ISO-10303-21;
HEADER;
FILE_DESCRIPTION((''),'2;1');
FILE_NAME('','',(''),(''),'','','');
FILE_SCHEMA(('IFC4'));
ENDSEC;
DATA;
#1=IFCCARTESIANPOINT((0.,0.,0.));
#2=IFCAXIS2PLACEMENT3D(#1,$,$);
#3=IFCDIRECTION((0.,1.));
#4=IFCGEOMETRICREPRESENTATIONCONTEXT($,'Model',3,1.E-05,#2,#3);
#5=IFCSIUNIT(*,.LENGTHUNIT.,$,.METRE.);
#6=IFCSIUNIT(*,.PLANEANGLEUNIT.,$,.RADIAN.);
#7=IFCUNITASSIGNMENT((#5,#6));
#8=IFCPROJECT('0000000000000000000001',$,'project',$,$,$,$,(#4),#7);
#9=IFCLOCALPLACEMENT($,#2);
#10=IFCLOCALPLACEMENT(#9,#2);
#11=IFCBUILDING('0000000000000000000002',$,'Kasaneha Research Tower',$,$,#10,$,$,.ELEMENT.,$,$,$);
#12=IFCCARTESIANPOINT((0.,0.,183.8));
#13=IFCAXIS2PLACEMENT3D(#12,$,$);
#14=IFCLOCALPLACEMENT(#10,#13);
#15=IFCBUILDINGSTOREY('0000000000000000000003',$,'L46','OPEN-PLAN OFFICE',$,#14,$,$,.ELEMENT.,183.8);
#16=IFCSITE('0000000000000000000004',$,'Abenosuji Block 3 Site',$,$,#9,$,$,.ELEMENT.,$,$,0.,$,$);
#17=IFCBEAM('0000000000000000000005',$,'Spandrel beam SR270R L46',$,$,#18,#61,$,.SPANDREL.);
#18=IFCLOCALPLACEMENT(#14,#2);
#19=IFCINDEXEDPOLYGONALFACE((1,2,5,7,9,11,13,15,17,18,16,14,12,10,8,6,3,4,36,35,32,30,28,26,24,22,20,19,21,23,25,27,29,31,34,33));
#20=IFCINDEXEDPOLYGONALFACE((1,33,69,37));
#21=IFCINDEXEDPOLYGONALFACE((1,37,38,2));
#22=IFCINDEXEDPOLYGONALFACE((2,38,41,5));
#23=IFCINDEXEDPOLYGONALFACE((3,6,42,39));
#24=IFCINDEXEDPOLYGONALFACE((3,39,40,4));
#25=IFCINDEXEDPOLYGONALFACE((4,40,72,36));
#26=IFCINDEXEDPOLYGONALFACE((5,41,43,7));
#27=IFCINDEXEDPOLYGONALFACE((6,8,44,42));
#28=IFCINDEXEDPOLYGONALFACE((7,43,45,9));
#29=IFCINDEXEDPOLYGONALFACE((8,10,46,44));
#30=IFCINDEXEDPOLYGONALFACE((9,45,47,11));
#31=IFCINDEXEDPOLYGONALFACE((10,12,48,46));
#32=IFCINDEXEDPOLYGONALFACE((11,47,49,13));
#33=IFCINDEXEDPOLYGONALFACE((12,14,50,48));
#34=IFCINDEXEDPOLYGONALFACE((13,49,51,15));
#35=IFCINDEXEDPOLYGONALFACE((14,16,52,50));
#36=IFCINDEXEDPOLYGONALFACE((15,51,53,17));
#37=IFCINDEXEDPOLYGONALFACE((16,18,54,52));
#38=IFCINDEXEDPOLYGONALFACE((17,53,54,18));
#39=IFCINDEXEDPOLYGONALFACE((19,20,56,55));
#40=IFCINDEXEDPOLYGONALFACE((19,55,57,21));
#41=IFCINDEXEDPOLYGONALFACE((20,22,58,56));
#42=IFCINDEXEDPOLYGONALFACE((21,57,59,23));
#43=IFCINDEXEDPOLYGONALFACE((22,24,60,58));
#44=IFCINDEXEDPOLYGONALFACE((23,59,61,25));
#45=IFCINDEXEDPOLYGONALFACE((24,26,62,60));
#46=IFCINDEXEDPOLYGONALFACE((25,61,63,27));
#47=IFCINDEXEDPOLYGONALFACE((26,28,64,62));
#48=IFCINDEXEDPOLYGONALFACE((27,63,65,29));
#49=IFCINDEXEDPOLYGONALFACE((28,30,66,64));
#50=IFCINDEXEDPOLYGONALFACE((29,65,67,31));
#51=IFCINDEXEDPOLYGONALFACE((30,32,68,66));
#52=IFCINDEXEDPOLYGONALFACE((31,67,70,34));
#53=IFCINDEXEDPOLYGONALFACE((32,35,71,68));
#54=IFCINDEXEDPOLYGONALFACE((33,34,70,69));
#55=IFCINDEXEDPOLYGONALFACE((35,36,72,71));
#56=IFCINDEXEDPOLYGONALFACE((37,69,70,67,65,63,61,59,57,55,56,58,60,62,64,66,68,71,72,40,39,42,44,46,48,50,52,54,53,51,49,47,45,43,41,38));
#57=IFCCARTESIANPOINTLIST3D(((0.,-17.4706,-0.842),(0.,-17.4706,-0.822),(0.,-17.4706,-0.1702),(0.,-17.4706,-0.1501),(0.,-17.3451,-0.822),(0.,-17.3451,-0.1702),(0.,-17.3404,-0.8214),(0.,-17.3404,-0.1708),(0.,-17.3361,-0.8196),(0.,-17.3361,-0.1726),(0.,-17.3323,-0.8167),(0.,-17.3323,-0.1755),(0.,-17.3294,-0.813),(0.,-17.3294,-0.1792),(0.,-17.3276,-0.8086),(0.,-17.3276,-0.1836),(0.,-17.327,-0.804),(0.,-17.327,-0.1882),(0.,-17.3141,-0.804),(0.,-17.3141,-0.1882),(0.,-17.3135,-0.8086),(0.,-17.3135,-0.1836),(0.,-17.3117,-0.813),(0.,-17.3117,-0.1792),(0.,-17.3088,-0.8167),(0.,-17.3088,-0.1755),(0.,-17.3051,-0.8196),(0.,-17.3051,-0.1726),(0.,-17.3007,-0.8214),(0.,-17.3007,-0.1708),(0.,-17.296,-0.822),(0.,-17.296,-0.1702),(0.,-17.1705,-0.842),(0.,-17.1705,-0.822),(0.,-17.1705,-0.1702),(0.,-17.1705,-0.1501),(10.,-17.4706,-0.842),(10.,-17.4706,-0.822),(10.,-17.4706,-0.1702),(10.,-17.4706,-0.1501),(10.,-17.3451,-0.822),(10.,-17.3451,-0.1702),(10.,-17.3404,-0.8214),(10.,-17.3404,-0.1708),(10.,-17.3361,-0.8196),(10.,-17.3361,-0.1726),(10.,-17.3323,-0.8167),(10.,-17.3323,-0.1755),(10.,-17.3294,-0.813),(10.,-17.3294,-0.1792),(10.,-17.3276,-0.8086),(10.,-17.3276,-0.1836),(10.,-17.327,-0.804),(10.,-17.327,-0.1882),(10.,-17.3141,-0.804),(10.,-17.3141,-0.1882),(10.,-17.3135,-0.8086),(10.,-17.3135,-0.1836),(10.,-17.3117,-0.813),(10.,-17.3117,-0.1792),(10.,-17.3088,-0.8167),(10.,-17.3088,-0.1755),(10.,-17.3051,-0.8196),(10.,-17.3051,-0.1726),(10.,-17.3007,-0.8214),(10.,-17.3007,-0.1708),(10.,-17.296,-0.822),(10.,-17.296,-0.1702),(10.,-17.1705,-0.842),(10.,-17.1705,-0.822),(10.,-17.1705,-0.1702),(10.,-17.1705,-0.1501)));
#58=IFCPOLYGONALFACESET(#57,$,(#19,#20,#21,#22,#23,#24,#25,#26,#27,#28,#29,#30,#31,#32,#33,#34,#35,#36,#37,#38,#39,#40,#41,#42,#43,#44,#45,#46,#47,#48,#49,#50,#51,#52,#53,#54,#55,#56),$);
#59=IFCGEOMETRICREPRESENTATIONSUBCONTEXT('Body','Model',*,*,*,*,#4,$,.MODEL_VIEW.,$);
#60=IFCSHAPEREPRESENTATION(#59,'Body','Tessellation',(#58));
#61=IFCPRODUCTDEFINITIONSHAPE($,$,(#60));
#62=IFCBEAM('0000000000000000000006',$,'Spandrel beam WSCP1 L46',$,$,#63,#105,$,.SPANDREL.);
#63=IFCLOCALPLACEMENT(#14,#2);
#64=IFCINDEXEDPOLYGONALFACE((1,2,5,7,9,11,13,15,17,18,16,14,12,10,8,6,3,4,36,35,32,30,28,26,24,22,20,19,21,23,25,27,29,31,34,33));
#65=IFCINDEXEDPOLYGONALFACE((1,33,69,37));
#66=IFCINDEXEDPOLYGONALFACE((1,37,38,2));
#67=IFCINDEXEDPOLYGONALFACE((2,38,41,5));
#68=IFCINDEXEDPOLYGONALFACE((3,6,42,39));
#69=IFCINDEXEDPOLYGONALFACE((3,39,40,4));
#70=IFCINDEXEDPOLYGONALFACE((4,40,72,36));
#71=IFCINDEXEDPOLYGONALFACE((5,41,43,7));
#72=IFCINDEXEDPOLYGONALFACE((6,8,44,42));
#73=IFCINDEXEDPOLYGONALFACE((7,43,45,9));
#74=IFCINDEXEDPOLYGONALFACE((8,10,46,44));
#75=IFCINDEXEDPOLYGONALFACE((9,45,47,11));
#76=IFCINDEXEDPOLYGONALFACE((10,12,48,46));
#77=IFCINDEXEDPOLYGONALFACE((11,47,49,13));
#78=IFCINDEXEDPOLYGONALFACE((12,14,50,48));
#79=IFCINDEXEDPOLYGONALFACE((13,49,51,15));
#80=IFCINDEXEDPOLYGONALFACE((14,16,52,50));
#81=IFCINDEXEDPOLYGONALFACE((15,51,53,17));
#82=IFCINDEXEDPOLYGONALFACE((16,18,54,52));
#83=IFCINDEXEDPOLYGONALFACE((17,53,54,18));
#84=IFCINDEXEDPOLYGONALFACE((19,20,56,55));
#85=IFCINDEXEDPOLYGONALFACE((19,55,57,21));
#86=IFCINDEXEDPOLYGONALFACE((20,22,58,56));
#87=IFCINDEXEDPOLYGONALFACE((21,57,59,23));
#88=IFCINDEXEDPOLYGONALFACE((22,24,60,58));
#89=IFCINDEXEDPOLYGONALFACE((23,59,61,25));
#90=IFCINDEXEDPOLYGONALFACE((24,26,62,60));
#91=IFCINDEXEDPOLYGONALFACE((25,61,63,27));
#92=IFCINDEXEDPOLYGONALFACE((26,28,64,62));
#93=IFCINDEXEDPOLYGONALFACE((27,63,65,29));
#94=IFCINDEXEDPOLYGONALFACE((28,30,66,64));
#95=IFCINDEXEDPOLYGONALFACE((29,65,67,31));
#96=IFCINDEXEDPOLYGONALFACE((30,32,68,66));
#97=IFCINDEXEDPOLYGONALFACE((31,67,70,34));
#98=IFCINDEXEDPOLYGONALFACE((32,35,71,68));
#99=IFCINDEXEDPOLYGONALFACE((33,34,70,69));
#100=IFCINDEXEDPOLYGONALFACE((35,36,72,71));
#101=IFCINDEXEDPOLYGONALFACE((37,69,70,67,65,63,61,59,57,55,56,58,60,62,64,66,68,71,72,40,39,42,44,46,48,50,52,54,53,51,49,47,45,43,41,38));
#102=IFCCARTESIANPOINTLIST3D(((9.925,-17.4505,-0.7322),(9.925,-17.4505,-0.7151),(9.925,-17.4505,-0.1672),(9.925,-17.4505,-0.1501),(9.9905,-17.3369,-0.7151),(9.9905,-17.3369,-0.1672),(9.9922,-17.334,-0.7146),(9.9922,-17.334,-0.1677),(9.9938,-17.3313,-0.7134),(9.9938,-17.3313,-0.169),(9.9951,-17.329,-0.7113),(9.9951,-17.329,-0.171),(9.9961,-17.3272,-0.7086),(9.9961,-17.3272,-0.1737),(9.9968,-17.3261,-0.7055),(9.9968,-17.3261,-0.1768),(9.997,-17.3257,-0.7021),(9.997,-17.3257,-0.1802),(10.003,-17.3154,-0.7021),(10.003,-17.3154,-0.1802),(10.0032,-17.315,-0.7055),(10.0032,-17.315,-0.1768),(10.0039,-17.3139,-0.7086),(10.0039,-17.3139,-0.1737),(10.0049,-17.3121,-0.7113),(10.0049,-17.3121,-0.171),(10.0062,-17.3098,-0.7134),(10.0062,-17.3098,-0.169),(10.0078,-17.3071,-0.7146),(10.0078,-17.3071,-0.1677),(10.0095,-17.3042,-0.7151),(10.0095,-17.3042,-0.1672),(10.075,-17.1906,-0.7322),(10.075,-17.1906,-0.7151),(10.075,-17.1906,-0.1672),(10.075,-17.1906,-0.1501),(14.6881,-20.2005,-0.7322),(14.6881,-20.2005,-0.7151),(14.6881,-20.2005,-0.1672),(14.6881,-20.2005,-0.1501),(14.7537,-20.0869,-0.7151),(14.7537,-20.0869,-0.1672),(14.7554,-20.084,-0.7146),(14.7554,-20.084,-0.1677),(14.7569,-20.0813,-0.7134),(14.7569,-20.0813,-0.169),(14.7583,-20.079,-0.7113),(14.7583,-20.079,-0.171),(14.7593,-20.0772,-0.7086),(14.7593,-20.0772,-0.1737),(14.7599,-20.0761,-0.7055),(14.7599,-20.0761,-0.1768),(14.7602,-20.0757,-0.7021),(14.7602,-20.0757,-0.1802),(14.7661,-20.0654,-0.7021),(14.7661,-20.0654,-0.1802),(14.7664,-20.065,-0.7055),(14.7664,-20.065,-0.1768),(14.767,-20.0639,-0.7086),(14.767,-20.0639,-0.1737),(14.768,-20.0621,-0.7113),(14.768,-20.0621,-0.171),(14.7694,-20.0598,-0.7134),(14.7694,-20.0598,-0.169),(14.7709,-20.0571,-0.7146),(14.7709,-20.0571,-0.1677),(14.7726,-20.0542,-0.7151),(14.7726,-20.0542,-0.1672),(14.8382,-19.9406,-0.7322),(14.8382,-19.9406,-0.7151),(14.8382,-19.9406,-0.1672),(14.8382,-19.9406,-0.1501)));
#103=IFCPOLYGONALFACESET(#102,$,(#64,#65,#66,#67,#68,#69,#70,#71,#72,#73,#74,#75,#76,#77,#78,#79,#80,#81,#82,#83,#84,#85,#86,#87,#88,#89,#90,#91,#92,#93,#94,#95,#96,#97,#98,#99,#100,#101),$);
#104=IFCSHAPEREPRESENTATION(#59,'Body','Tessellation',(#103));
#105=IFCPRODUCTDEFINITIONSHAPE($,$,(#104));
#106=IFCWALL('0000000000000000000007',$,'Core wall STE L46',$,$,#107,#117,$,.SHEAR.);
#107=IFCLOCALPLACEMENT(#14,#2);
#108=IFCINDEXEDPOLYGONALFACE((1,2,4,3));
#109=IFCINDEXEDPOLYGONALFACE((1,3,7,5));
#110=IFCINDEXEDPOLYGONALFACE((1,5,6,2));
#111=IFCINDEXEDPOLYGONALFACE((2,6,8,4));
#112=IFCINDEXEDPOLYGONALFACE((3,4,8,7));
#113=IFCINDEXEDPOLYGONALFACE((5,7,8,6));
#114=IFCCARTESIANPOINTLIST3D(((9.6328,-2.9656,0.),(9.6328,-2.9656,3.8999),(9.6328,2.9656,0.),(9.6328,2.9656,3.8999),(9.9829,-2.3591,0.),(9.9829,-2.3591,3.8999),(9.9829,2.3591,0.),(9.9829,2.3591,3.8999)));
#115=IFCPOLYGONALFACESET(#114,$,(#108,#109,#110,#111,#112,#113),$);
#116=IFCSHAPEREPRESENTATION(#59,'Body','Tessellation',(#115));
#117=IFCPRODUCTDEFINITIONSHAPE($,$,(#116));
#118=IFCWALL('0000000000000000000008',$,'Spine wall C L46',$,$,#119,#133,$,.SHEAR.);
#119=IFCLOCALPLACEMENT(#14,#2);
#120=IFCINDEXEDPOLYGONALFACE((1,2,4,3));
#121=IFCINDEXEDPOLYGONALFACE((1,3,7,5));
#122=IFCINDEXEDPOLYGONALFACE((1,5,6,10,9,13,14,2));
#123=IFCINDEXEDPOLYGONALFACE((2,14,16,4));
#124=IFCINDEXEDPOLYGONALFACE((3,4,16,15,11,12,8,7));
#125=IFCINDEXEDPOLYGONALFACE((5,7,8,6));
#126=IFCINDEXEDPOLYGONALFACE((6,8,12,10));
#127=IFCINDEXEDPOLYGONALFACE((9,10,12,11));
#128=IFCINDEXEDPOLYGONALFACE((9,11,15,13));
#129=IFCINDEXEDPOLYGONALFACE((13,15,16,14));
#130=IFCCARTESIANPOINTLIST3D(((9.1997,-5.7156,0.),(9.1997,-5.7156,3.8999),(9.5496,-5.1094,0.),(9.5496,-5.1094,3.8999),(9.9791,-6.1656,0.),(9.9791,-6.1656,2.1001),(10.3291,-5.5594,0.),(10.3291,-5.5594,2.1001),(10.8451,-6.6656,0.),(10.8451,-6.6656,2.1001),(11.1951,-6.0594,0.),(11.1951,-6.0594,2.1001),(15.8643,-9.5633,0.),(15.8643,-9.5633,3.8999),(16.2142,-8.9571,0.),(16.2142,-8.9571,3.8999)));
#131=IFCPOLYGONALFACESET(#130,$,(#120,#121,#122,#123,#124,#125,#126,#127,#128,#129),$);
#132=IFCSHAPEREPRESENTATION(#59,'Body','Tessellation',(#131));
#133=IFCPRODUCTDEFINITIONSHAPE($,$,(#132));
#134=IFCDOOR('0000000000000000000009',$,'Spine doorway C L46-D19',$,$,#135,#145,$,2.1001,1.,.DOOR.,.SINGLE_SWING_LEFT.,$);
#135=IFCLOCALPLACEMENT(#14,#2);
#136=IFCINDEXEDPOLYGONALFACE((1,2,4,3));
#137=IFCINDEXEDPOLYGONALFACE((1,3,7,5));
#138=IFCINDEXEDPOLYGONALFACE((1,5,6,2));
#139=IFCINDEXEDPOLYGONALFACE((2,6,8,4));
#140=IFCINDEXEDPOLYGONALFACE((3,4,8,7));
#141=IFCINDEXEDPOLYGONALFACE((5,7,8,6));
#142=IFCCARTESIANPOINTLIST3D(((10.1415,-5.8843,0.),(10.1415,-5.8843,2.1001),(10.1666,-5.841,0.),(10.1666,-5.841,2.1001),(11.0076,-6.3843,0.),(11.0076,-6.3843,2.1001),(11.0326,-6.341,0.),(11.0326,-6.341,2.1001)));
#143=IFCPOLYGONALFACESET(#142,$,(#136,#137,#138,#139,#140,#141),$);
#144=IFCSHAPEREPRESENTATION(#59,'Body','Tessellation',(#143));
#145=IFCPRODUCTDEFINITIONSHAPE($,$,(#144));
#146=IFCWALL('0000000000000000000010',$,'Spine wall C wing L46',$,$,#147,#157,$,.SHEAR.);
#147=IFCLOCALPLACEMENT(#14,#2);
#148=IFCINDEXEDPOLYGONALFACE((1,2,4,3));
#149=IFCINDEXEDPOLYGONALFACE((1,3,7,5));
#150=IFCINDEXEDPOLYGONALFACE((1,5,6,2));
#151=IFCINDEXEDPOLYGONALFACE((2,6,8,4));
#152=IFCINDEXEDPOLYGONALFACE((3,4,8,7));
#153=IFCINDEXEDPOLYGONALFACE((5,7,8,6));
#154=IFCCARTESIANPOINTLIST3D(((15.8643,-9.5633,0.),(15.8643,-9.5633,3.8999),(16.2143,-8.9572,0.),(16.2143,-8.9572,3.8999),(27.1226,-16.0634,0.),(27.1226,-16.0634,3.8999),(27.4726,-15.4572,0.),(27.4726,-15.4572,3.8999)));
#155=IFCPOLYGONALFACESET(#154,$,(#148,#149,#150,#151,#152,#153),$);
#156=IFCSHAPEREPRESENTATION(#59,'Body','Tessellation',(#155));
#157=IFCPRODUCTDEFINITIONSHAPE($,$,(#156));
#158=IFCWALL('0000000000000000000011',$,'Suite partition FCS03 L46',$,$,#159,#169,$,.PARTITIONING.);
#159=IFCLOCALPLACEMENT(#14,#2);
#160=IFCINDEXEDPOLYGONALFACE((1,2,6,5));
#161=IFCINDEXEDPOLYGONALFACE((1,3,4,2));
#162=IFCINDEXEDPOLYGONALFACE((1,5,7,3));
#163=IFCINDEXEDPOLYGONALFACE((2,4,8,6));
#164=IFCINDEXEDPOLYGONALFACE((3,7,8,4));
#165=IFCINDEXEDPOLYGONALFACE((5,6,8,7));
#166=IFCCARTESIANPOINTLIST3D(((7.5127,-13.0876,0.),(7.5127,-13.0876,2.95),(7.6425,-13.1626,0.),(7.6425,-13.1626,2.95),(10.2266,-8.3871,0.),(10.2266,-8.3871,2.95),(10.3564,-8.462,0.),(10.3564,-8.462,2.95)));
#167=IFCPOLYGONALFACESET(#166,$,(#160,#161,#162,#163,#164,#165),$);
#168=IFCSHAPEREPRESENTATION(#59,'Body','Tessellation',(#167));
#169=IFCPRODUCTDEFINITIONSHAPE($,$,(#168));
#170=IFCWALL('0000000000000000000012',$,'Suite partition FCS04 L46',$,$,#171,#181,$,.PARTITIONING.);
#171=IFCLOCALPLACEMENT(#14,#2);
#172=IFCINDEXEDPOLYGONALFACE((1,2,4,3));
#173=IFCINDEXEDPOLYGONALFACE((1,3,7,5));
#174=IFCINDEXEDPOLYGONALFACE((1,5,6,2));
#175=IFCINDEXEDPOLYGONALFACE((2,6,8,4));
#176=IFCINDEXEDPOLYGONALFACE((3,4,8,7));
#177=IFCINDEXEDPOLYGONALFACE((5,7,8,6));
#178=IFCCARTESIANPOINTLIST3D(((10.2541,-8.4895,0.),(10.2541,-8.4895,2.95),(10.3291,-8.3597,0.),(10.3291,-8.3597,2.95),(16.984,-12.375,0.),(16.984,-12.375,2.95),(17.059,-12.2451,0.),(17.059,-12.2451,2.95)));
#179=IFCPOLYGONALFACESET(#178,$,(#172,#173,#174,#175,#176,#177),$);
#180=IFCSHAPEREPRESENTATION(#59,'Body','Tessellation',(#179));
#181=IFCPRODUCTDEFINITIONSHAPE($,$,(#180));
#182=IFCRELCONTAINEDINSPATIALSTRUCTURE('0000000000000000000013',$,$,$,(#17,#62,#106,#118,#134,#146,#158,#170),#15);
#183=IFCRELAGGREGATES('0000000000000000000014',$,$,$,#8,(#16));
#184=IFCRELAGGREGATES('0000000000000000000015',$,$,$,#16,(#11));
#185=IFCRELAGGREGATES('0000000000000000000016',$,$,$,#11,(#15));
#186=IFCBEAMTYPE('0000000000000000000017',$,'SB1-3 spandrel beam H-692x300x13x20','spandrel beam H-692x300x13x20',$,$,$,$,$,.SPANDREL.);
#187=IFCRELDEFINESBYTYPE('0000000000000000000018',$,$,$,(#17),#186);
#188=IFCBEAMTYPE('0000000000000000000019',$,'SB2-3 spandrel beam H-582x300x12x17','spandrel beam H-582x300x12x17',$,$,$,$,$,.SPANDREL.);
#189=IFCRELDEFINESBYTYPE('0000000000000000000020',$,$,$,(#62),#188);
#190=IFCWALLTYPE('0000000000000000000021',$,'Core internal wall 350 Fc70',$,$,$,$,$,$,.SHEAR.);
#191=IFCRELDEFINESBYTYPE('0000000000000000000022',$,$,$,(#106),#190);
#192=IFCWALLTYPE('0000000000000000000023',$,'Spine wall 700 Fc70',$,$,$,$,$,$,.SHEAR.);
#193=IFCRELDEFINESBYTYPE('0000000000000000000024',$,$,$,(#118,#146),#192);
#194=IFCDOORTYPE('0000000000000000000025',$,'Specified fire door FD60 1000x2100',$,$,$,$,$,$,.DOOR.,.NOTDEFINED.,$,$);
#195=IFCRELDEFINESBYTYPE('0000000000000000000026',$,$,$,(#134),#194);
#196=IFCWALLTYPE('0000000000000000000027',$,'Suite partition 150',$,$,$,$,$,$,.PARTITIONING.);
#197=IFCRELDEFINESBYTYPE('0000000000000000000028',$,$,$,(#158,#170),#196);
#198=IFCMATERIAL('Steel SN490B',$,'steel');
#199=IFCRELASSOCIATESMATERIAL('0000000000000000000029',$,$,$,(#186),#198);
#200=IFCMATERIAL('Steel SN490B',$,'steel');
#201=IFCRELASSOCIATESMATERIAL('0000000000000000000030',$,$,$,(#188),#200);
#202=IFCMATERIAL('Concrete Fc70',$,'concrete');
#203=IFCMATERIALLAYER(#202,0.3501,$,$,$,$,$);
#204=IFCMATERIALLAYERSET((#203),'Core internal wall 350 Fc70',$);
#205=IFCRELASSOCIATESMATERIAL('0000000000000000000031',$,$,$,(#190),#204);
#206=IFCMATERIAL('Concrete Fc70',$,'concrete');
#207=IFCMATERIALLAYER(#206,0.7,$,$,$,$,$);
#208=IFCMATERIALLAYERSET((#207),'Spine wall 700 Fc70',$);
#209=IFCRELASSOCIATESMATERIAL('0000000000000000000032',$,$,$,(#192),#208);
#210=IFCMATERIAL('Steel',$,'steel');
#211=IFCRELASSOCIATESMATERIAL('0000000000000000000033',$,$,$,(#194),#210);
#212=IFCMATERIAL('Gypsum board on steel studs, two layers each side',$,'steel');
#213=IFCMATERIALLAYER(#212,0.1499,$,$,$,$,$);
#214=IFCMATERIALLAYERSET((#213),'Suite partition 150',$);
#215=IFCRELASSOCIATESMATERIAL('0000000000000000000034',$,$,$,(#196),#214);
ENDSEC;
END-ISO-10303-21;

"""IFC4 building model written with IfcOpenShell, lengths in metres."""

from ifc_helpers import new_model, si_unit, direction, frame, frame_2d, origin, origin_2d, place, context, subcontext, project, spatial, polyline, rectangle, i_section, outline, extrude, material, layer, layer_set, material_profile, profile_set, type_object, element, fill, save


model = new_model("IFC4")

# Units and contexts
model_context = context("Model", 3, precision=1e-05, world=origin(), true_north=direction((0.0, 1.0)))
body_context = subcontext(model_context, "Body", "Model", "MODEL_VIEW")
ifc_project = project(units=[si_unit("LENGTHUNIT", "METRE"), si_unit("PLANEANGLEUNIT", "RADIAN")], contexts=[model_context])

# Site, building, storey
site_placement = place(None, origin())
site = spatial("IfcSite", under=ifc_project, at=site_placement, Name="Abenosuji Block 3 Site", CompositionType="ELEMENT", RefElevation=0.0)
building_placement = place(site_placement, origin())
building = spatial("IfcBuilding", under=site, at=building_placement, Name="Kasaneha Research Tower", CompositionType="ELEMENT")
storey_placement = place(building_placement, frame((0.0, 0.0, 183.8)))
storey = spatial("IfcBuildingStorey", under=building, at=storey_placement, Name="L46", Description="OPEN-PLAN OFFICE", CompositionType="ELEMENT", Elevation=183.8)

# Beams
ifc_material_1 = material(Name="Steel SN490B", Category="steel")
ifc_material_profile_1 = material_profile(ifc_material_1, i_section(OverallWidth=0.3, OverallDepth=0.6919, WebThickness=0.0129, FlangeThickness=0.02, FilletRadius=0.0181, at=origin_2d()), Name="H-692x300x13x20")
ifc_profile_set_1 = profile_set([ifc_material_profile_1], Name="Steel SN490B")
beam_type_1 = type_object("IfcBeamType", Name="SB1-3 spandrel beam H-692x300x13x20", Description="spandrel beam H-692x300x13x20", PredefinedType="SPANDREL", material=ifc_profile_set_1)
beam_1_placement = place(storey_placement, frame((10.0, -17.3206, -0.4961), z_axis=(-1.0, 0.0, 0.0), x_axis=(0.0, -1.0, 0.0)))
element("IfcBeam", 1, at=beam_1_placement, inside=storey, type_object=beam_type_1, Name="Spandrel beam SR270R L46", PredefinedType="SPANDREL", context=body_context, shape_type="SweptSolid", body=[
    extrude(i_section(OverallWidth=0.3, OverallDepth=0.6919, WebThickness=0.0129, FlangeThickness=0.02, FilletRadius=0.0181, at=origin_2d()), origin(), (0.0, 0.0, 1.0), 10.0),
])
ifc_material_2 = material(Name="Steel SN490B", Category="steel")
ifc_material_profile_2 = material_profile(ifc_material_2, i_section(OverallWidth=0.3, OverallDepth=0.582, WebThickness=0.012, FlangeThickness=0.0171, FilletRadius=0.0129, at=origin_2d()), Name="H-582x300x12x17")
ifc_profile_set_2 = profile_set([ifc_material_profile_2], Name="Steel SN490B")
beam_type_2 = type_object("IfcBeamType", Name="SB2-3 spandrel beam H-582x300x12x17", Description="spandrel beam H-582x300x12x17", PredefinedType="SPANDREL", material=ifc_profile_set_2)
beam_2_placement = place(storey_placement, frame((10.0, -17.3206, -0.4412), z_axis=(0.866027, -0.499997, 0.0), x_axis=(0.499997, 0.866027, 0.0)))
element("IfcBeam", 2, at=beam_2_placement, inside=storey, type_object=beam_type_2, Name="Spandrel beam WSCP1 L46", PredefinedType="SPANDREL", context=body_context, shape_type="SweptSolid", body=[
    extrude(i_section(OverallWidth=0.3, OverallDepth=0.582, WebThickness=0.012, FlangeThickness=0.0171, FilletRadius=0.0129, at=origin_2d()), origin(), (0.0, 0.0, 1.0), 5.5),
])

# Wall
ifc_material_3 = material(Name="Concrete Fc70", Category="concrete")
ifc_layer_1 = layer(ifc_material_3, 0.3501)
ifc_layer_set_1 = layer_set([ifc_layer_1], Name="Core internal wall 350 Fc70")
wall_type_1 = type_object("IfcWallType", Name="Core internal wall 350 Fc70", PredefinedType="SHEAR", material=ifc_layer_set_1)
wall_1_placement = place(storey_placement, frame((9.8079, -2.6624, 0.0), z_axis=(0.0, 0.0, 1.0), x_axis=(0.0, 1.0, 0.0)))
element("IfcWall", 3, at=wall_1_placement, inside=storey, type_object=wall_type_1, Name="Core wall STE L46", PredefinedType="SHEAR", context=body_context, shape_type="SweptSolid", body=[
    extrude(outline(polyline([(0.3032, -0.175), (5.0215, -0.175), (5.6279, 0.175), (-0.3032, 0.175), (0.3032, -0.175)])), origin(), (0.0, 0.0, 1.0), 3.8999),
])

# Wall, opening, door
ifc_material_4 = material(Name="Concrete Fc70", Category="concrete")
ifc_layer_2 = layer(ifc_material_4, 0.7)
ifc_layer_set_2 = layer_set([ifc_layer_2], Name="Spine wall 700 Fc70")
wall_type_2 = type_object("IfcWallType", Name="Spine wall 700 Fc70", PredefinedType="SHEAR", material=ifc_layer_set_2)
wall_2_placement = place(storey_placement, frame((9.3748, -5.4126, 0.0), z_axis=(0.0, 0.0, 1.0), x_axis=(0.866032, -0.499988, 0.0)))
wall_2 = element("IfcWall", 4, at=wall_2_placement, inside=storey, type_object=wall_type_2, Name="Spine wall C L46", PredefinedType="SHEAR", context=body_context, shape_type="SweptSolid", body=[
    extrude(rectangle(XDim=7.6956, YDim=0.7, at=frame_2d((3.8477, 0.0))), origin(), (0.0, 0.0, 1.0), 3.8999),
])
opening_placement = place(wall_2_placement, frame((0.8999, 0.0, 0.0)))
opening = element("IfcOpeningElement", 5, at=opening_placement, cuts=wall_2, PredefinedType="OPENING", context=body_context, shape_type="SweptSolid", body=[
    extrude(rectangle(XDim=1.0, YDim=2.1001, at=frame_2d((0.5, 1.05))), frame((0.0, 0.3599, 0.0), z_axis=(0.0, -1.0, 0.0), x_axis=(1.0, 0.0, 0.0)), (0.0, 0.0, 1.0), 0.72),
])
ifc_material_5 = material(Name="Steel", Category="steel")
door_type = type_object("IfcDoorType", Name="Specified fire door FD60 1000x2100", OperationType="NOTDEFINED", PredefinedType="DOOR", material=ifc_material_5)
door_placement = place(opening_placement, origin())
door = element("IfcDoor", 6, at=door_placement, inside=storey, type_object=door_type, Name="Spine doorway C L46-D19", OperationType="SINGLE_SWING_LEFT", OverallHeight=2.1001, OverallWidth=1.0, PredefinedType="DOOR", context=body_context, shape_type="SweptSolid", body=[
    extrude(rectangle(XDim=1.0, YDim=2.1001, at=frame_2d((0.5, 1.05))), frame((0.0, 0.0249, 0.0), z_axis=(0.0, -1.0, 0.0), x_axis=(1.0, 0.0, 0.0)), (0.0, 0.0, 1.0), 0.05),
])
fill(opening, door)

# Walls
wall_3_placement = place(storey_placement, frame((16.0393, -9.2603, 0.0), z_axis=(0.0, 0.0, 1.0), x_axis=(0.866025, -0.500001, 0.0)))
element("IfcWall", 7, at=wall_3_placement, inside=storey, type_object=wall_type_2, Name="Spine wall C wing L46", PredefinedType="SHEAR", context=body_context, shape_type="SweptSolid", body=[
    extrude(rectangle(XDim=13.0, YDim=0.7, at=frame_2d((6.5, 0.0))), origin(), (0.0, 0.0, 1.0), 3.8999),
])
ifc_material_6 = material(Name="Gypsum board on steel studs, two layers each side", Category="steel")
ifc_layer_3 = layer(ifc_material_6, 0.1499)
ifc_layer_set_3 = layer_set([ifc_layer_3], Name="Suite partition 150")
wall_type_3 = type_object("IfcWallType", Name="Suite partition 150", PredefinedType="PARTITIONING", material=ifc_layer_set_3)
wall_4_placement = place(storey_placement, frame((10.2915, -8.4246, 0.0), z_axis=(0.0, 0.0, 1.0), x_axis=(-0.500009, -0.86602, 0.0)))
element("IfcWall", 8, at=wall_4_placement, inside=storey, type_object=wall_type_3, Name="Suite partition FCS03 L46", PredefinedType="PARTITIONING", context=body_context, shape_type="SweptSolid", body=[
    extrude(rectangle(XDim=5.4277, YDim=0.1499, at=frame_2d((2.7139, 0.0))), origin(), (0.0, 0.0, 1.0), 2.95),
])
wall_5_placement = place(storey_placement, frame((17.0215, -12.3101, 0.0), z_axis=(0.0, 0.0, 1.0), x_axis=(-0.866029, 0.499994, 0.0)))
element("IfcWall", 9, at=wall_5_placement, inside=storey, type_object=wall_type_3, Name="Suite partition FCS04 L46", PredefinedType="PARTITIONING", context=body_context, shape_type="SweptSolid", body=[
    extrude(rectangle(XDim=7.771, YDim=0.1499, at=frame_2d((3.8855, 0.0))), origin(), (0.0, 0.0, 1.0), 2.95),
])

save(model, "model.ifc")
